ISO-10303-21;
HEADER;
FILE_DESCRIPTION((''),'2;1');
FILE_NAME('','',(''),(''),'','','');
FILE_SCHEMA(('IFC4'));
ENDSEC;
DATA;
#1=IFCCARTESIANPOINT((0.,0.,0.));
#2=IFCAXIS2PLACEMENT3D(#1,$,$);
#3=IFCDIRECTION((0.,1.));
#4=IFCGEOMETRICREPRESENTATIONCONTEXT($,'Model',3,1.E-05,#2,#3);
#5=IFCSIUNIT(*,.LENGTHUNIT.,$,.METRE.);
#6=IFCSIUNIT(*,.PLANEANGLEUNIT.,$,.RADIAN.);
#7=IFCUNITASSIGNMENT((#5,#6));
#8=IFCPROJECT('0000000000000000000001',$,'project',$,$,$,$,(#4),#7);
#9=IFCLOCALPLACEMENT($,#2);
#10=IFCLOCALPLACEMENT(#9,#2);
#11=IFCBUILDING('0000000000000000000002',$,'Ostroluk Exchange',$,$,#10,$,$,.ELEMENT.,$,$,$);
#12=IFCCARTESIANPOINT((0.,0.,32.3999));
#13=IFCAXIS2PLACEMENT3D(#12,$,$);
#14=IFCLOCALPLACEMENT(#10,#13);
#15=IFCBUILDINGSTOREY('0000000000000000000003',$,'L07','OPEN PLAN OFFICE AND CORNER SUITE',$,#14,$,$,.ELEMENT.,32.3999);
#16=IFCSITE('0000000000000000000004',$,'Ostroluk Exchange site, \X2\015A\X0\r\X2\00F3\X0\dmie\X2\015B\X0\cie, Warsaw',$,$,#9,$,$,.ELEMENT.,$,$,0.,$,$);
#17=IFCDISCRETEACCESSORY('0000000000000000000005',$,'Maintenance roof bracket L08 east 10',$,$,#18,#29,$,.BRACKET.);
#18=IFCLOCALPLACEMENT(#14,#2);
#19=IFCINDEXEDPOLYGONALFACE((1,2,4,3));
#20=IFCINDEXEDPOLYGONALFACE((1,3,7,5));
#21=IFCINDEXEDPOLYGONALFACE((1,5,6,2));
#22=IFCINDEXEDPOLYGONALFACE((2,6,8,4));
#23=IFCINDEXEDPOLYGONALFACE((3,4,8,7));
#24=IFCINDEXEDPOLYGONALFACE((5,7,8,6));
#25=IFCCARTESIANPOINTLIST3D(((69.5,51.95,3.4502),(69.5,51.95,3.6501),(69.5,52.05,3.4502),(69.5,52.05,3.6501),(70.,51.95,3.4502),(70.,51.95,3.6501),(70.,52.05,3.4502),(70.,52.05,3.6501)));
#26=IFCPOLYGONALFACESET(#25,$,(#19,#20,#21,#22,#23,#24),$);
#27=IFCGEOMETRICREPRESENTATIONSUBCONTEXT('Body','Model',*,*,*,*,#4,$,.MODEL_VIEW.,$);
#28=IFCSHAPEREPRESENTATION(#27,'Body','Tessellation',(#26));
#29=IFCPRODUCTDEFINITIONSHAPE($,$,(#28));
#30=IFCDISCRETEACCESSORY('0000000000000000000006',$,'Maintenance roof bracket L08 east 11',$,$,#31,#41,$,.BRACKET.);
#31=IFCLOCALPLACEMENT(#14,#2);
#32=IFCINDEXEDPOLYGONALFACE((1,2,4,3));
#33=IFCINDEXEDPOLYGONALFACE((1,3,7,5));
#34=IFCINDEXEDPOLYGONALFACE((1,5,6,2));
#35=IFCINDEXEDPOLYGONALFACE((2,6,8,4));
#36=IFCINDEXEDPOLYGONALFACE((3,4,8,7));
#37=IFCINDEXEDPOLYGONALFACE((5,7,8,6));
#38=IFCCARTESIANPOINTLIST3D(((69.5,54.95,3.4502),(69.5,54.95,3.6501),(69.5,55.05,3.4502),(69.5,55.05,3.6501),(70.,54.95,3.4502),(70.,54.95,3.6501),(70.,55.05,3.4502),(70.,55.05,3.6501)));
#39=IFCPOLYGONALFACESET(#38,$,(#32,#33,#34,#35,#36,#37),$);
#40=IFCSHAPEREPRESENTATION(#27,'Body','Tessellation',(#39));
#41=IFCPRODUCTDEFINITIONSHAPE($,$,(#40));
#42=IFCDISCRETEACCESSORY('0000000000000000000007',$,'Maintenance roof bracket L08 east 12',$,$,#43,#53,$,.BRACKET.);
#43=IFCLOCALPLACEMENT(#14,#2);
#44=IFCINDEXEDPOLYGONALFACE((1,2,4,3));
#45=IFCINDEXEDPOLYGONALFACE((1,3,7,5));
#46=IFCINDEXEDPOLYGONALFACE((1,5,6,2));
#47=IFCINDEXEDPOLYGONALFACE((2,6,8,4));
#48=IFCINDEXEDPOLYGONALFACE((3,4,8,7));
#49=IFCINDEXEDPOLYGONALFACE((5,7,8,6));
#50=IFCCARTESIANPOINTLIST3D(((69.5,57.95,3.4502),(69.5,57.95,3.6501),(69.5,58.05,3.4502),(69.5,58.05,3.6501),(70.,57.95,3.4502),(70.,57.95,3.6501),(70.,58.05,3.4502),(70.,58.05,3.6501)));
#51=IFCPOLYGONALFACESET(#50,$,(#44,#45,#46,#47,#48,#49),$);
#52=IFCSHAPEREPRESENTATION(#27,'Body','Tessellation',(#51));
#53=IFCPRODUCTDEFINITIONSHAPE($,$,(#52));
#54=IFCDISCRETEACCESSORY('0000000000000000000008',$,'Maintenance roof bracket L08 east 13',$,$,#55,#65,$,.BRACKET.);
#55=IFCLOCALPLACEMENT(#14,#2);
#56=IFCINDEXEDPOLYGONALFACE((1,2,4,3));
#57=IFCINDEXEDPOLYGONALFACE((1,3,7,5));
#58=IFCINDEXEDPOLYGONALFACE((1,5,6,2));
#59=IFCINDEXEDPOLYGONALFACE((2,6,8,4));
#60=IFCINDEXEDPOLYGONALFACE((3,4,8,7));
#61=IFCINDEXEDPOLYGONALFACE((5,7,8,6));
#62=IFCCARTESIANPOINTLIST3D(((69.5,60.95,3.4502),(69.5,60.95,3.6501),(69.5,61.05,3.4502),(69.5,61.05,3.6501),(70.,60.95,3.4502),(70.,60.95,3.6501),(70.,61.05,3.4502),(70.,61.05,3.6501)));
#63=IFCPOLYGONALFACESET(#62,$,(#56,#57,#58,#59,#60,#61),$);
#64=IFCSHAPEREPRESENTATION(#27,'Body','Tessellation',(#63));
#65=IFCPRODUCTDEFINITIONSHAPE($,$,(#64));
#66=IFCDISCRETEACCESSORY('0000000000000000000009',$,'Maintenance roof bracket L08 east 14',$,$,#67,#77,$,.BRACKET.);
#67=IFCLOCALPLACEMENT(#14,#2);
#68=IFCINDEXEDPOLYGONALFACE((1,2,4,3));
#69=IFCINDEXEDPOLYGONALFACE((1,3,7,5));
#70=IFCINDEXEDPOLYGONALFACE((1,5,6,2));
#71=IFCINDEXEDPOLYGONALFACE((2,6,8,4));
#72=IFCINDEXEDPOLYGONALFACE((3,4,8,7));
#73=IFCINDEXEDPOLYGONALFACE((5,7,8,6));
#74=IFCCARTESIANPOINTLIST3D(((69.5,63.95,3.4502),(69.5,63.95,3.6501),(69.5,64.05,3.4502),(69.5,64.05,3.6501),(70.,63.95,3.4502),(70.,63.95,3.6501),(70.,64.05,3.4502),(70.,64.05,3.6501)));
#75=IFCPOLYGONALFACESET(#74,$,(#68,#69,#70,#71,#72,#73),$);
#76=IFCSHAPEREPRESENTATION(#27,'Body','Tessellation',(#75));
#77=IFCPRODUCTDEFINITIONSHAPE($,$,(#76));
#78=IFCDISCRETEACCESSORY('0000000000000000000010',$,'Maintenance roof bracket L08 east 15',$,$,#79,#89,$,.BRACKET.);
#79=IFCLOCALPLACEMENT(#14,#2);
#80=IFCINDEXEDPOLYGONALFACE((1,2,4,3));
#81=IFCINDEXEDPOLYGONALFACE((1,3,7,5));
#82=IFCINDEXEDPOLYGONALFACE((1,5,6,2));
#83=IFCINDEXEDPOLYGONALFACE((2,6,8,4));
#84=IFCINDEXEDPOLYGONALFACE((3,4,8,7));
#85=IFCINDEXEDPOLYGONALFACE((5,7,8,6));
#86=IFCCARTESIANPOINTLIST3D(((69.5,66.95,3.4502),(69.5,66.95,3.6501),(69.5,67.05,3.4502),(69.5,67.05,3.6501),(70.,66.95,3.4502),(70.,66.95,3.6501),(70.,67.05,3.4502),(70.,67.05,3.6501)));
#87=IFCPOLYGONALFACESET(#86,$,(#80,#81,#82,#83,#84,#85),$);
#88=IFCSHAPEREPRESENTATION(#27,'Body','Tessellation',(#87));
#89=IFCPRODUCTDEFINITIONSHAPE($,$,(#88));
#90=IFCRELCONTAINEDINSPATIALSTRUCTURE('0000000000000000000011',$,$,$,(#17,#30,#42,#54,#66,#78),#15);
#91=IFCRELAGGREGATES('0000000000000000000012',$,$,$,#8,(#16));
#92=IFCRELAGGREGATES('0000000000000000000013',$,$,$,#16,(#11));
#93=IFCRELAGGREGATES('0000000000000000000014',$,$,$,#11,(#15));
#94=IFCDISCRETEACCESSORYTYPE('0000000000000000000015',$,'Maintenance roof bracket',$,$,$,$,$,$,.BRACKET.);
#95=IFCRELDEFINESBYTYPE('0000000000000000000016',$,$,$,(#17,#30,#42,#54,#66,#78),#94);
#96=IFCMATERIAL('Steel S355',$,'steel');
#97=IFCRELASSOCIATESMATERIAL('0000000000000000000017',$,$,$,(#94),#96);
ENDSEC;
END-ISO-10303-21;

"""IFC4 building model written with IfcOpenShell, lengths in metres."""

from ifc_helpers import new_model, si_unit, direction, frame, origin, origin_2d, place, context, subcontext, project, spatial, rectangle, extrude, material, type_object, element, save


model = new_model("IFC4")

# Units and contexts
model_context = context("Model", 3, precision=1e-05, world=origin(), true_north=direction((0.0, 1.0)))
body_context = subcontext(model_context, "Body", "Model", "MODEL_VIEW")
ifc_project = project(units=[si_unit("LENGTHUNIT", "METRE"), si_unit("PLANEANGLEUNIT", "RADIAN")], contexts=[model_context])

# Site, building, storey
site_placement = place(None, origin())
site = spatial("IfcSite", under=ifc_project, at=site_placement, Name="Ostroluk Exchange site, Śródmieście, Warsaw", CompositionType="ELEMENT", RefElevation=0.0)
building_placement = place(site_placement, origin())
building = spatial("IfcBuilding", under=site, at=building_placement, Name="Ostroluk Exchange", CompositionType="ELEMENT")
storey_placement = place(building_placement, frame((0.0, 0.0, 32.3999)))
storey = spatial("IfcBuildingStorey", under=building, at=storey_placement, Name="L07", Description="OPEN PLAN OFFICE AND CORNER SUITE", CompositionType="ELEMENT", Elevation=32.3999)

# Discrete accessories
ifc_material_1 = material(Name="Steel S355", Category="steel")
discrete_accessory_type = type_object("IfcDiscreteAccessoryType", Name="Maintenance roof bracket", PredefinedType="BRACKET", material=ifc_material_1)
for number, where, z_axis, x_axis, name in (
    (1, (69.75, 52.0, 3.4502), (0.0, 0.0, 1.0), (1.0, 0.0, 0.0), "Maintenance roof bracket L08 east 10"),
    (2, (69.75, 55.0, 3.4502), (0.0, 0.0, 1.0), (1.0, 0.0, 0.0), "Maintenance roof bracket L08 east 11"),
    (3, (69.75, 58.0, 3.4502), (0.0, 0.0, 1.0), (1.0, 0.0, 0.0), "Maintenance roof bracket L08 east 12"),
    (4, (69.75, 61.0, 3.4502), (0.0, 0.0, 1.0), (1.0, 0.0, 0.0), "Maintenance roof bracket L08 east 13"),
    (5, (69.75, 64.0, 3.4502), (0.0, 0.0, 1.0), (1.0, 0.0, 0.0), "Maintenance roof bracket L08 east 14"),
    (6, (69.75, 67.0, 3.4502), (0.0, 0.0, 1.0), (1.0, 0.0, 0.0), "Maintenance roof bracket L08 east 15"),
):
    element("IfcDiscreteAccessory", number, at=place(storey_placement, frame(where, z_axis=z_axis, x_axis=x_axis)), inside=storey, type_object=discrete_accessory_type, Name=name, PredefinedType="BRACKET", context=body_context, shape_type="SweptSolid", body=[
        extrude(rectangle(XDim=0.5, YDim=0.1001, at=origin_2d()), origin(), (0.0, 0.0, 1.0), 0.2),
    ])

save(model, "model.ifc")
